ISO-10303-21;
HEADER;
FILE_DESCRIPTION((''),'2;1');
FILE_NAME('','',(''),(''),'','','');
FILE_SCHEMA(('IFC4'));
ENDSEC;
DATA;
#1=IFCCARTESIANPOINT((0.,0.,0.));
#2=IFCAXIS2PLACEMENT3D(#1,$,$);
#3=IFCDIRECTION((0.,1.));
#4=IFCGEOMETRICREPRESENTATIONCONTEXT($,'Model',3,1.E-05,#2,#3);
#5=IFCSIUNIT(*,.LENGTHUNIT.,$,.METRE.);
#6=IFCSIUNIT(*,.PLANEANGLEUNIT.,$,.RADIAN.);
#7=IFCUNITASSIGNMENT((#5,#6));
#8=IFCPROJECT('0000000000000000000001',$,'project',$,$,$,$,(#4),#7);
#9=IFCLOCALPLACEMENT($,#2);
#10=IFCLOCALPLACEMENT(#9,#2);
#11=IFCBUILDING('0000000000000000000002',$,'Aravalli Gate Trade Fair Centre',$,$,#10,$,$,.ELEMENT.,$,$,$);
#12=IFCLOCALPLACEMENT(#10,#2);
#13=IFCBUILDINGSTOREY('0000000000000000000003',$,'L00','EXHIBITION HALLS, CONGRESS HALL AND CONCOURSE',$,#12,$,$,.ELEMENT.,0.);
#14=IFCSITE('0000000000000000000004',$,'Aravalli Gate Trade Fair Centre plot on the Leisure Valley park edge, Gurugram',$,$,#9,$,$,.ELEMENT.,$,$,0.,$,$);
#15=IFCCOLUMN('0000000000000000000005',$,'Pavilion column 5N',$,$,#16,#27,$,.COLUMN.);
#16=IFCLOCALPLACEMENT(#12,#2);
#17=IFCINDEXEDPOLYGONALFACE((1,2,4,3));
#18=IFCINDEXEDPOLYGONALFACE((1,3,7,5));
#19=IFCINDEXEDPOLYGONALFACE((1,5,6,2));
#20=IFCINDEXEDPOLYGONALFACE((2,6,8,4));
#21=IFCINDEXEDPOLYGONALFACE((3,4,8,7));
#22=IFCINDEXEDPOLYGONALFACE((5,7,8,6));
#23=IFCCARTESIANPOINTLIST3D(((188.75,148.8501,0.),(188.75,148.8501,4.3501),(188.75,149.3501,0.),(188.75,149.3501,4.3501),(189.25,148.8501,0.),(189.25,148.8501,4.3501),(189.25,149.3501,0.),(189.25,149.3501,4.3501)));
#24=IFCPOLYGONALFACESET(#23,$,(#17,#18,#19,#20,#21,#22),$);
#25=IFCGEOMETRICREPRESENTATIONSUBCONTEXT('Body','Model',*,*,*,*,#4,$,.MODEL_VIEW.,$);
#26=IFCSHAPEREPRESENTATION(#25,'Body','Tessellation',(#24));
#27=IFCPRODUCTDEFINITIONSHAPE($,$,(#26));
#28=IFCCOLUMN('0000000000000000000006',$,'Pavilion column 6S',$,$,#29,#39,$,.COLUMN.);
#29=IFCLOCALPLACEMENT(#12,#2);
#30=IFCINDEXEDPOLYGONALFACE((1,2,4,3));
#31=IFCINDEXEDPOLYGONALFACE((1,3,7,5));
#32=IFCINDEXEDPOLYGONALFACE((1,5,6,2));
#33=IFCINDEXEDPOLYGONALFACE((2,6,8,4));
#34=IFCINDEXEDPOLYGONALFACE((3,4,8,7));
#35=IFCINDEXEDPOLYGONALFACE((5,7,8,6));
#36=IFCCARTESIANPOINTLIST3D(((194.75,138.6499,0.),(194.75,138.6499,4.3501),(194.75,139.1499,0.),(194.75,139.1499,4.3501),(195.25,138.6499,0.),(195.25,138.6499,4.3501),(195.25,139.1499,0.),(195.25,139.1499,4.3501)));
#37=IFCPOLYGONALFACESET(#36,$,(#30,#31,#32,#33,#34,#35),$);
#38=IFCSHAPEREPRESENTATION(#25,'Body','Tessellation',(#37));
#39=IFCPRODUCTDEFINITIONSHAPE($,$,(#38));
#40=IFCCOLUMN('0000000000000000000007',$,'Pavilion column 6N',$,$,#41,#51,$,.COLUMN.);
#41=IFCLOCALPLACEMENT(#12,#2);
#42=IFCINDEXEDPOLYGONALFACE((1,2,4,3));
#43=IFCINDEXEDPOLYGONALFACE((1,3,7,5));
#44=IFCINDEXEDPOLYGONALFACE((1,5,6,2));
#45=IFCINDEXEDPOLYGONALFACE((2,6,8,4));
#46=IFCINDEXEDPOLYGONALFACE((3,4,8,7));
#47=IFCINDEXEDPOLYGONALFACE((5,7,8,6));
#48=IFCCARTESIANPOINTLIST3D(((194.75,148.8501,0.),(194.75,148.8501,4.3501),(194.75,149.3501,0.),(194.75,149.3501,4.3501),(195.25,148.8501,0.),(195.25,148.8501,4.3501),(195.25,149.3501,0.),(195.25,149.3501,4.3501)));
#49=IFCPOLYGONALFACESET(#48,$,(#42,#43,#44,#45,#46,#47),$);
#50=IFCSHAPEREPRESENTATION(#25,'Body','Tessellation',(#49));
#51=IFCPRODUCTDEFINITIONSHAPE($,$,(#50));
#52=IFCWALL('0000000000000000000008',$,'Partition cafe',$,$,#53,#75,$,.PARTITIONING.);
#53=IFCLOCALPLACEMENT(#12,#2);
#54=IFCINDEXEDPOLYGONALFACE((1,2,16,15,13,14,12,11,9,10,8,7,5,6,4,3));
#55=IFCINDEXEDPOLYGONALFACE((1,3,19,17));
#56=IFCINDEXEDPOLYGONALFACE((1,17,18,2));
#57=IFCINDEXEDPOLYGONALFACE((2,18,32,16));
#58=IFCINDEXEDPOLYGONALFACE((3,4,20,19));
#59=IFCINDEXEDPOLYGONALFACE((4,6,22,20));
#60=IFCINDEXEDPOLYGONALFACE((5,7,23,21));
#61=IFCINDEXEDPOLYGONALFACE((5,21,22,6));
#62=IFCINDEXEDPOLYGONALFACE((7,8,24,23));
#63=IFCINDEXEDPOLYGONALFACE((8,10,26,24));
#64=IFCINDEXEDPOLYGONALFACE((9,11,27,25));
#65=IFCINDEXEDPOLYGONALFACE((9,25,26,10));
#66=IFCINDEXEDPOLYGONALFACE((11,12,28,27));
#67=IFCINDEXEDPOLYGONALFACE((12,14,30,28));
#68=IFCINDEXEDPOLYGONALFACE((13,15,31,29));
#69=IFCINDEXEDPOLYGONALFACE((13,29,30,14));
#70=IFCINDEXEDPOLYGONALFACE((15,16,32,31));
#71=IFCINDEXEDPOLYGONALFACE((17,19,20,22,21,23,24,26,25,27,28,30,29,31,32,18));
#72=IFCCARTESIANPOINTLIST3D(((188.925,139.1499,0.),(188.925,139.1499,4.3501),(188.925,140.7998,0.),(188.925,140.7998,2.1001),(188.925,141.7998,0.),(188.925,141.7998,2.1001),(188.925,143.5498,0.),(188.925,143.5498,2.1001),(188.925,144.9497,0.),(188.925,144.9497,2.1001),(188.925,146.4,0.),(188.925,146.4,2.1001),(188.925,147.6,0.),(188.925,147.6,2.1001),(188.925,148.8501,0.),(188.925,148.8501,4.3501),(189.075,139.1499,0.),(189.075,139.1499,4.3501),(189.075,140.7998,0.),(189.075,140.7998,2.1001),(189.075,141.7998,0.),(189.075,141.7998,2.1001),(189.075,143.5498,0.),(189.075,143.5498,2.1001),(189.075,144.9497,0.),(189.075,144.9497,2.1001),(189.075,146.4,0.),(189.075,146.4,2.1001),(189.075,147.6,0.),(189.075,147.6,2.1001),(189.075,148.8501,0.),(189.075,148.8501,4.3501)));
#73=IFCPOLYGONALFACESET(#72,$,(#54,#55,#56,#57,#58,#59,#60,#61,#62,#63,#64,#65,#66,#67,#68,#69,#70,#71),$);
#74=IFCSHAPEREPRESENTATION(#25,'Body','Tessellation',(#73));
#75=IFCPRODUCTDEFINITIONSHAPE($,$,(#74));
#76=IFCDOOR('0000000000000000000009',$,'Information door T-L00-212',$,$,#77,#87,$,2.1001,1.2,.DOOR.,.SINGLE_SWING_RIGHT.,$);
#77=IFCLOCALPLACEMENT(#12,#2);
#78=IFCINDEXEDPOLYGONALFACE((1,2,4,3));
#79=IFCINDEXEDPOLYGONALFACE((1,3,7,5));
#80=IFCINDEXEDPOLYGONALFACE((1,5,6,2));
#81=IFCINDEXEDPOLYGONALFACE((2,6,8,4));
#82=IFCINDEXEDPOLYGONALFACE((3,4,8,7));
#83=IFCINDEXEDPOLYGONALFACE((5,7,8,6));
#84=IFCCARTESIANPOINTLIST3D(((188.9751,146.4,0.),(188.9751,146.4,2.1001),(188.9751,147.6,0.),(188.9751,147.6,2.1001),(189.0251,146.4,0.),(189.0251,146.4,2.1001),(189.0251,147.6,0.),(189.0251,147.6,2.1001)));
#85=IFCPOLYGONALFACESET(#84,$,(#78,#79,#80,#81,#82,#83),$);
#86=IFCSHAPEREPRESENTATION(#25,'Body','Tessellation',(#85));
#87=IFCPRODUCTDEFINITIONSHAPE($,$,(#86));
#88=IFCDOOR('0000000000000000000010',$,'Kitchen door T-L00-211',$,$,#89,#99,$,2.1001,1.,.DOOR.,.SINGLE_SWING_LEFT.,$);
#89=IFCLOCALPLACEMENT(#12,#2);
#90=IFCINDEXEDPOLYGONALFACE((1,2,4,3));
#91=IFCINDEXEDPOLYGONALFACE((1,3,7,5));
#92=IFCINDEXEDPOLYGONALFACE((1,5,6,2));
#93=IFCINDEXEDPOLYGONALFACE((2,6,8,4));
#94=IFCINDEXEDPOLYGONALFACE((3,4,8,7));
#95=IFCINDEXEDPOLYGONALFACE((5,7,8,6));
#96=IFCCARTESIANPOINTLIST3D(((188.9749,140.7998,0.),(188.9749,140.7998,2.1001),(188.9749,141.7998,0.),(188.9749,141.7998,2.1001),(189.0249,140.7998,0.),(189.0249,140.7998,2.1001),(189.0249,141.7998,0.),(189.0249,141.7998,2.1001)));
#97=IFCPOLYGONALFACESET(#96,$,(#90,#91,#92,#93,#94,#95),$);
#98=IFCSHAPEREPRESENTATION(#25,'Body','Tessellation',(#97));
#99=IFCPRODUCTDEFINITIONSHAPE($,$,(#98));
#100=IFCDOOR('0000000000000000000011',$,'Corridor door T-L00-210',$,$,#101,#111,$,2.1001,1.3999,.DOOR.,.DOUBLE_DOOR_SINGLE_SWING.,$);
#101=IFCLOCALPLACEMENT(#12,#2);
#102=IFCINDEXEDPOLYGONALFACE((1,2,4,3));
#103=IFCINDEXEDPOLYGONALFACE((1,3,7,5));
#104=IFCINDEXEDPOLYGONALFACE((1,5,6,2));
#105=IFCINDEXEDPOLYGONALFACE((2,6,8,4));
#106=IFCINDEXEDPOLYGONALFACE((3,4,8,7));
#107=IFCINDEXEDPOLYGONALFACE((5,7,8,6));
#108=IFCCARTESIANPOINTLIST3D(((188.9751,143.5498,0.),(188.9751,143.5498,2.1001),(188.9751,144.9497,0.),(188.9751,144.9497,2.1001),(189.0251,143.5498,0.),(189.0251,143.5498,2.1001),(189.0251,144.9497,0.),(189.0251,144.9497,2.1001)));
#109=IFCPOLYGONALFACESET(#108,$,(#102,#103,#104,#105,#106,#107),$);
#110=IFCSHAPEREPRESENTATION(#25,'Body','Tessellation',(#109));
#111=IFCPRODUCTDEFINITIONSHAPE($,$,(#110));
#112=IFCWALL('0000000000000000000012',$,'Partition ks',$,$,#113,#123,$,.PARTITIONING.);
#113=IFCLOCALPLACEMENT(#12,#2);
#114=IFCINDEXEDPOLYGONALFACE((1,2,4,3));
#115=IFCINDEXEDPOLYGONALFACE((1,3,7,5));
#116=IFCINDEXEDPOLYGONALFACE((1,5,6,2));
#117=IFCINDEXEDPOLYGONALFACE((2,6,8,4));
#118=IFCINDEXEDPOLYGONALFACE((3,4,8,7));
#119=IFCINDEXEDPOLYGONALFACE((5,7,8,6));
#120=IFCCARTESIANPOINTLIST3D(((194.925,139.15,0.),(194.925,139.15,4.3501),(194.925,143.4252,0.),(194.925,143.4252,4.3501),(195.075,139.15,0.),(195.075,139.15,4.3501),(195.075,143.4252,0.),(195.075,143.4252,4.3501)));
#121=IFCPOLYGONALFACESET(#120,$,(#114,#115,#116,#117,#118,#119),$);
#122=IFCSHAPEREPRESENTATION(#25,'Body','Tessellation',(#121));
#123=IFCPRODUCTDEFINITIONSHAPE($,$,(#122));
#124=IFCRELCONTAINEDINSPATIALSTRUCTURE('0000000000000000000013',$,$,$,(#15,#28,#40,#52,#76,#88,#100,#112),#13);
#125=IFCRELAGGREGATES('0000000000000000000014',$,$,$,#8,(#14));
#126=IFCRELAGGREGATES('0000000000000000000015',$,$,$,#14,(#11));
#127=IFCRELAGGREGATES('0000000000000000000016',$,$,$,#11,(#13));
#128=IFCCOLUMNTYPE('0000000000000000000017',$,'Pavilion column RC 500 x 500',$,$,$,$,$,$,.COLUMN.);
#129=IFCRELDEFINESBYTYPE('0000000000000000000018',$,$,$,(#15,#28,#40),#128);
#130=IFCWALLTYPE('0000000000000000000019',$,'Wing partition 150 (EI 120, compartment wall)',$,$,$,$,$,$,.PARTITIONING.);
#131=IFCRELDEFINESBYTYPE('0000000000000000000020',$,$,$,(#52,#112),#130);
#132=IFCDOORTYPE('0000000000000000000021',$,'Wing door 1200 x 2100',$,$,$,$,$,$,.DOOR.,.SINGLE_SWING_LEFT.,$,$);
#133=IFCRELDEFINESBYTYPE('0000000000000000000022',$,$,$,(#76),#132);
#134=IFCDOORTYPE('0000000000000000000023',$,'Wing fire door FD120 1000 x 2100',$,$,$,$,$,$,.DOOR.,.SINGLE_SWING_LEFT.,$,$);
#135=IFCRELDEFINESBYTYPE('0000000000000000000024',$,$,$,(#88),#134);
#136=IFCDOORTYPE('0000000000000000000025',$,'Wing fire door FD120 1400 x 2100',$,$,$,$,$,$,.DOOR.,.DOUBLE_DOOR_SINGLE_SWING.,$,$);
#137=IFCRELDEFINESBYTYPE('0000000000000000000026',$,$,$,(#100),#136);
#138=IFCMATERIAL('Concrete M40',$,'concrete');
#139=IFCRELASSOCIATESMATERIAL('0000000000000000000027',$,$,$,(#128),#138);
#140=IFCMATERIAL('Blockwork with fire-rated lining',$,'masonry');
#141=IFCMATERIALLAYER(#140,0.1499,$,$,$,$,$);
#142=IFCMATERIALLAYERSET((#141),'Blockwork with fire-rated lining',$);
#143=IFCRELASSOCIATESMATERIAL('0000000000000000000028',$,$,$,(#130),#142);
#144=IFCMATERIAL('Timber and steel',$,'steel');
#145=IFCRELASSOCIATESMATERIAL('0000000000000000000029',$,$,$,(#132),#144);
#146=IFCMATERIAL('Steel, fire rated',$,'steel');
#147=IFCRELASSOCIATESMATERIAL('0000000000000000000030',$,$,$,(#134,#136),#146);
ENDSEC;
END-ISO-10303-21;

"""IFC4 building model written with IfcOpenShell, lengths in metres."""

from ifc_helpers import new_model, si_unit, direction, frame, frame_2d, origin, origin_2d, place, context, subcontext, project, spatial, rectangle, extrude, material, layer, layer_set, material_profile, profile_set, type_object, element, fill, save


model = new_model("IFC4")

# Units and contexts
model_context = context("Model", 3, precision=1e-05, world=origin(), true_north=direction((0.0, 1.0)))
body_context = subcontext(model_context, "Body", "Model", "MODEL_VIEW")
ifc_project = project(units=[si_unit("LENGTHUNIT", "METRE"), si_unit("PLANEANGLEUNIT", "RADIAN")], contexts=[model_context])

# Site, building, storey
site_placement = place(None, origin())
site = spatial("IfcSite", under=ifc_project, at=site_placement, Name="Aravalli Gate Trade Fair Centre plot on the Leisure Valley park edge, Gurugram", CompositionType="ELEMENT", RefElevation=0.0)
building_placement = place(site_placement, origin())
building = spatial("IfcBuilding", under=site, at=building_placement, Name="Aravalli Gate Trade Fair Centre", CompositionType="ELEMENT")
storey_placement = place(building_placement, origin())
storey = spatial("IfcBuildingStorey", under=building, at=storey_placement, Name="L00", Description="EXHIBITION HALLS, CONGRESS HALL AND CONCOURSE", CompositionType="ELEMENT", Elevation=0.0)

# Columns
ifc_material_1 = material(Name="Concrete M40", Category="concrete")
ifc_material_profile = material_profile(ifc_material_1, rectangle(XDim=0.5, YDim=0.5, at=origin_2d()), Name="Pavilion column RC 500 x 500")
ifc_profile_set = profile_set([ifc_material_profile], Name="Concrete M40")
column_type = type_object("IfcColumnType", Name="Pavilion column RC 500 x 500", PredefinedType="COLUMN", material=ifc_profile_set)
for number, where, z_axis, x_axis, name in (
    (1, (189.0, 149.1001, 0.0), (0.0, 0.0, 1.0), (1.0, 0.0, 0.0), "Pavilion column 5N"),
    (2, (195.0, 138.8999, 0.0), (0.0, 0.0, 1.0), (1.0, 0.0, 0.0), "Pavilion column 6S"),
    (3, (195.0, 149.1001, 0.0), (0.0, 0.0, 1.0), (1.0, 0.0, 0.0), "Pavilion column 6N"),
):
    element("IfcColumn", number, at=place(storey_placement, frame(where, z_axis=z_axis, x_axis=x_axis)), inside=storey, type_object=column_type, Name=name, PredefinedType="COLUMN", context=body_context, shape_type="SweptSolid", body=[
        extrude(rectangle(XDim=0.5, YDim=0.5, at=origin_2d()), origin(), (0.0, 0.0, 1.0), 4.3501),
    ])

# Wall, openings, doors
ifc_material_2 = material(Name="Blockwork with fire-rated lining", Category="masonry")
ifc_layer_1 = layer(ifc_material_2, 0.1499)
ifc_layer_set_1 = layer_set([ifc_layer_1], Name="Blockwork with fire-rated lining")
wall_type_1 = type_object("IfcWallType", Name="Wing partition 150 (EI 120, compartment wall)", PredefinedType="PARTITIONING", material=ifc_layer_set_1)
wall_1_placement = place(storey_placement, frame((189.0, 139.1499, 0.0), z_axis=(0.0, 0.0, 1.0), x_axis=(0.0, 1.0, 0.0)))
wall_1 = element("IfcWall", 4, at=wall_1_placement, inside=storey, type_object=wall_type_1, Name="Partition cafe", PredefinedType="PARTITIONING", context=body_context, shape_type="SweptSolid", body=[
    extrude(rectangle(XDim=9.7002, YDim=0.1499, at=frame_2d((4.8501, 0.0))), origin(), (0.0, 0.0, 1.0), 4.3501),
])
opening_1_placement = place(wall_1_placement, frame((4.3999, 0.0, 0.0)))
opening_1 = element("IfcOpeningElement", 5, at=opening_1_placement, cuts=wall_1, PredefinedType="OPENING", context=body_context, shape_type="SweptSolid", body=[
    extrude(rectangle(XDim=1.3999, YDim=2.1001, at=frame_2d((0.7, 1.05))), frame((0.0, 0.085, 0.0), z_axis=(0.0, -1.0, 0.0), x_axis=(1.0, 0.0, 0.0)), (0.0, 0.0, 1.0), 0.1699),
])
opening_2_placement = place(wall_1_placement, frame((1.6499, 0.0, 0.0)))
opening_2 = element("IfcOpeningElement", 6, at=opening_2_placement, cuts=wall_1, PredefinedType="OPENING", context=body_context, shape_type="SweptSolid", body=[
    extrude(rectangle(XDim=1.0, YDim=2.1001, at=frame_2d((0.5, 1.05))), frame((0.0, 0.085, 0.0), z_axis=(0.0, -1.0, 0.0), x_axis=(1.0, 0.0, 0.0)), (0.0, 0.0, 1.0), 0.1699),
])
opening_3_placement = place(wall_1_placement, frame((7.25, 0.0, 0.0)))
opening_3 = element("IfcOpeningElement", 7, at=opening_3_placement, cuts=wall_1, PredefinedType="OPENING", context=body_context, shape_type="SweptSolid", body=[
    extrude(rectangle(XDim=1.2, YDim=2.1001, at=frame_2d((0.6001, 1.05))), frame((0.0, 0.085, 0.0), z_axis=(0.0, -1.0, 0.0), x_axis=(1.0, 0.0, 0.0)), (0.0, 0.0, 1.0), 0.1699),
])
ifc_material_3 = material(Name="Timber and steel", Category="steel")
door_type_1 = type_object("IfcDoorType", Name="Wing door 1200 x 2100", OperationType="SINGLE_SWING_LEFT", PredefinedType="DOOR", material=ifc_material_3)
door_1_placement = place(opening_3_placement, origin())
door_1 = element("IfcDoor", 8, at=door_1_placement, inside=storey, type_object=door_type_1, Name="Information door T-L00-212", OperationType="SINGLE_SWING_RIGHT", OverallHeight=2.1001, OverallWidth=1.2, PredefinedType="DOOR", context=body_context, shape_type="SweptSolid", body=[
    extrude(rectangle(XDim=1.2, YDim=2.1001, at=frame_2d((0.6001, 1.05))), frame((0.0, 0.0249, 0.0), z_axis=(0.0, -1.0, 0.0), x_axis=(1.0, 0.0, 0.0)), (0.0, 0.0, 1.0), 0.05),
])
fill(opening_3, door_1)
ifc_material_4 = material(Name="Steel, fire rated", Category="steel")
door_type_2 = type_object("IfcDoorType", Name="Wing fire door FD120 1000 x 2100", OperationType="SINGLE_SWING_LEFT", PredefinedType="DOOR", material=ifc_material_4)
door_2_placement = place(opening_2_placement, frame((1.0, 0.0, 0.0), z_axis=(0.0, 0.0, 1.0), x_axis=(-1.0, 0.0, 0.0)))
door_2 = element("IfcDoor", 9, at=door_2_placement, inside=storey, type_object=door_type_2, Name="Kitchen door T-L00-211", OperationType="SINGLE_SWING_LEFT", OverallHeight=2.1001, OverallWidth=1.0, PredefinedType="DOOR", context=body_context, shape_type="SweptSolid", body=[
    extrude(rectangle(XDim=1.0, YDim=2.1001, at=frame_2d((0.5, 1.05))), frame((0.0, 0.0249, 0.0), z_axis=(0.0, -1.0, 0.0), x_axis=(1.0, 0.0, 0.0)), (0.0, 0.0, 1.0), 0.05),
])
fill(opening_2, door_2)
door_type_3 = type_object("IfcDoorType", Name="Wing fire door FD120 1400 x 2100", OperationType="DOUBLE_DOOR_SINGLE_SWING", PredefinedType="DOOR", material=ifc_material_4)
door_3_placement = place(opening_1_placement, origin())
door_3 = element("IfcDoor", 10, at=door_3_placement, inside=storey, type_object=door_type_3, Name="Corridor door T-L00-210", OperationType="DOUBLE_DOOR_SINGLE_SWING", OverallHeight=2.1001, OverallWidth=1.3999, PredefinedType="DOOR", context=body_context, shape_type="SweptSolid", body=[
    extrude(rectangle(XDim=1.3999, YDim=2.1001, at=frame_2d((0.7, 1.05))), frame((0.0, 0.0249, 0.0), z_axis=(0.0, -1.0, 0.0), x_axis=(1.0, 0.0, 0.0)), (0.0, 0.0, 1.0), 0.05),
])
fill(opening_1, door_3)

# Wall
wall_2_placement = place(storey_placement, frame((195.0, 139.1499, 0.0), z_axis=(0.0, 0.0, 1.0), x_axis=(0.0, 1.0, 0.0)))
element("IfcWall", 11, at=wall_2_placement, inside=storey, type_object=wall_type_1, Name="Partition ks", PredefinedType="PARTITIONING", context=body_context, shape_type="SweptSolid", body=[
    extrude(rectangle(XDim=4.2751, YDim=0.1499, at=frame_2d((2.1377, 0.0))), origin(), (0.0, 0.0, 1.0), 4.3501),
])

save(model, "model.ifc")
